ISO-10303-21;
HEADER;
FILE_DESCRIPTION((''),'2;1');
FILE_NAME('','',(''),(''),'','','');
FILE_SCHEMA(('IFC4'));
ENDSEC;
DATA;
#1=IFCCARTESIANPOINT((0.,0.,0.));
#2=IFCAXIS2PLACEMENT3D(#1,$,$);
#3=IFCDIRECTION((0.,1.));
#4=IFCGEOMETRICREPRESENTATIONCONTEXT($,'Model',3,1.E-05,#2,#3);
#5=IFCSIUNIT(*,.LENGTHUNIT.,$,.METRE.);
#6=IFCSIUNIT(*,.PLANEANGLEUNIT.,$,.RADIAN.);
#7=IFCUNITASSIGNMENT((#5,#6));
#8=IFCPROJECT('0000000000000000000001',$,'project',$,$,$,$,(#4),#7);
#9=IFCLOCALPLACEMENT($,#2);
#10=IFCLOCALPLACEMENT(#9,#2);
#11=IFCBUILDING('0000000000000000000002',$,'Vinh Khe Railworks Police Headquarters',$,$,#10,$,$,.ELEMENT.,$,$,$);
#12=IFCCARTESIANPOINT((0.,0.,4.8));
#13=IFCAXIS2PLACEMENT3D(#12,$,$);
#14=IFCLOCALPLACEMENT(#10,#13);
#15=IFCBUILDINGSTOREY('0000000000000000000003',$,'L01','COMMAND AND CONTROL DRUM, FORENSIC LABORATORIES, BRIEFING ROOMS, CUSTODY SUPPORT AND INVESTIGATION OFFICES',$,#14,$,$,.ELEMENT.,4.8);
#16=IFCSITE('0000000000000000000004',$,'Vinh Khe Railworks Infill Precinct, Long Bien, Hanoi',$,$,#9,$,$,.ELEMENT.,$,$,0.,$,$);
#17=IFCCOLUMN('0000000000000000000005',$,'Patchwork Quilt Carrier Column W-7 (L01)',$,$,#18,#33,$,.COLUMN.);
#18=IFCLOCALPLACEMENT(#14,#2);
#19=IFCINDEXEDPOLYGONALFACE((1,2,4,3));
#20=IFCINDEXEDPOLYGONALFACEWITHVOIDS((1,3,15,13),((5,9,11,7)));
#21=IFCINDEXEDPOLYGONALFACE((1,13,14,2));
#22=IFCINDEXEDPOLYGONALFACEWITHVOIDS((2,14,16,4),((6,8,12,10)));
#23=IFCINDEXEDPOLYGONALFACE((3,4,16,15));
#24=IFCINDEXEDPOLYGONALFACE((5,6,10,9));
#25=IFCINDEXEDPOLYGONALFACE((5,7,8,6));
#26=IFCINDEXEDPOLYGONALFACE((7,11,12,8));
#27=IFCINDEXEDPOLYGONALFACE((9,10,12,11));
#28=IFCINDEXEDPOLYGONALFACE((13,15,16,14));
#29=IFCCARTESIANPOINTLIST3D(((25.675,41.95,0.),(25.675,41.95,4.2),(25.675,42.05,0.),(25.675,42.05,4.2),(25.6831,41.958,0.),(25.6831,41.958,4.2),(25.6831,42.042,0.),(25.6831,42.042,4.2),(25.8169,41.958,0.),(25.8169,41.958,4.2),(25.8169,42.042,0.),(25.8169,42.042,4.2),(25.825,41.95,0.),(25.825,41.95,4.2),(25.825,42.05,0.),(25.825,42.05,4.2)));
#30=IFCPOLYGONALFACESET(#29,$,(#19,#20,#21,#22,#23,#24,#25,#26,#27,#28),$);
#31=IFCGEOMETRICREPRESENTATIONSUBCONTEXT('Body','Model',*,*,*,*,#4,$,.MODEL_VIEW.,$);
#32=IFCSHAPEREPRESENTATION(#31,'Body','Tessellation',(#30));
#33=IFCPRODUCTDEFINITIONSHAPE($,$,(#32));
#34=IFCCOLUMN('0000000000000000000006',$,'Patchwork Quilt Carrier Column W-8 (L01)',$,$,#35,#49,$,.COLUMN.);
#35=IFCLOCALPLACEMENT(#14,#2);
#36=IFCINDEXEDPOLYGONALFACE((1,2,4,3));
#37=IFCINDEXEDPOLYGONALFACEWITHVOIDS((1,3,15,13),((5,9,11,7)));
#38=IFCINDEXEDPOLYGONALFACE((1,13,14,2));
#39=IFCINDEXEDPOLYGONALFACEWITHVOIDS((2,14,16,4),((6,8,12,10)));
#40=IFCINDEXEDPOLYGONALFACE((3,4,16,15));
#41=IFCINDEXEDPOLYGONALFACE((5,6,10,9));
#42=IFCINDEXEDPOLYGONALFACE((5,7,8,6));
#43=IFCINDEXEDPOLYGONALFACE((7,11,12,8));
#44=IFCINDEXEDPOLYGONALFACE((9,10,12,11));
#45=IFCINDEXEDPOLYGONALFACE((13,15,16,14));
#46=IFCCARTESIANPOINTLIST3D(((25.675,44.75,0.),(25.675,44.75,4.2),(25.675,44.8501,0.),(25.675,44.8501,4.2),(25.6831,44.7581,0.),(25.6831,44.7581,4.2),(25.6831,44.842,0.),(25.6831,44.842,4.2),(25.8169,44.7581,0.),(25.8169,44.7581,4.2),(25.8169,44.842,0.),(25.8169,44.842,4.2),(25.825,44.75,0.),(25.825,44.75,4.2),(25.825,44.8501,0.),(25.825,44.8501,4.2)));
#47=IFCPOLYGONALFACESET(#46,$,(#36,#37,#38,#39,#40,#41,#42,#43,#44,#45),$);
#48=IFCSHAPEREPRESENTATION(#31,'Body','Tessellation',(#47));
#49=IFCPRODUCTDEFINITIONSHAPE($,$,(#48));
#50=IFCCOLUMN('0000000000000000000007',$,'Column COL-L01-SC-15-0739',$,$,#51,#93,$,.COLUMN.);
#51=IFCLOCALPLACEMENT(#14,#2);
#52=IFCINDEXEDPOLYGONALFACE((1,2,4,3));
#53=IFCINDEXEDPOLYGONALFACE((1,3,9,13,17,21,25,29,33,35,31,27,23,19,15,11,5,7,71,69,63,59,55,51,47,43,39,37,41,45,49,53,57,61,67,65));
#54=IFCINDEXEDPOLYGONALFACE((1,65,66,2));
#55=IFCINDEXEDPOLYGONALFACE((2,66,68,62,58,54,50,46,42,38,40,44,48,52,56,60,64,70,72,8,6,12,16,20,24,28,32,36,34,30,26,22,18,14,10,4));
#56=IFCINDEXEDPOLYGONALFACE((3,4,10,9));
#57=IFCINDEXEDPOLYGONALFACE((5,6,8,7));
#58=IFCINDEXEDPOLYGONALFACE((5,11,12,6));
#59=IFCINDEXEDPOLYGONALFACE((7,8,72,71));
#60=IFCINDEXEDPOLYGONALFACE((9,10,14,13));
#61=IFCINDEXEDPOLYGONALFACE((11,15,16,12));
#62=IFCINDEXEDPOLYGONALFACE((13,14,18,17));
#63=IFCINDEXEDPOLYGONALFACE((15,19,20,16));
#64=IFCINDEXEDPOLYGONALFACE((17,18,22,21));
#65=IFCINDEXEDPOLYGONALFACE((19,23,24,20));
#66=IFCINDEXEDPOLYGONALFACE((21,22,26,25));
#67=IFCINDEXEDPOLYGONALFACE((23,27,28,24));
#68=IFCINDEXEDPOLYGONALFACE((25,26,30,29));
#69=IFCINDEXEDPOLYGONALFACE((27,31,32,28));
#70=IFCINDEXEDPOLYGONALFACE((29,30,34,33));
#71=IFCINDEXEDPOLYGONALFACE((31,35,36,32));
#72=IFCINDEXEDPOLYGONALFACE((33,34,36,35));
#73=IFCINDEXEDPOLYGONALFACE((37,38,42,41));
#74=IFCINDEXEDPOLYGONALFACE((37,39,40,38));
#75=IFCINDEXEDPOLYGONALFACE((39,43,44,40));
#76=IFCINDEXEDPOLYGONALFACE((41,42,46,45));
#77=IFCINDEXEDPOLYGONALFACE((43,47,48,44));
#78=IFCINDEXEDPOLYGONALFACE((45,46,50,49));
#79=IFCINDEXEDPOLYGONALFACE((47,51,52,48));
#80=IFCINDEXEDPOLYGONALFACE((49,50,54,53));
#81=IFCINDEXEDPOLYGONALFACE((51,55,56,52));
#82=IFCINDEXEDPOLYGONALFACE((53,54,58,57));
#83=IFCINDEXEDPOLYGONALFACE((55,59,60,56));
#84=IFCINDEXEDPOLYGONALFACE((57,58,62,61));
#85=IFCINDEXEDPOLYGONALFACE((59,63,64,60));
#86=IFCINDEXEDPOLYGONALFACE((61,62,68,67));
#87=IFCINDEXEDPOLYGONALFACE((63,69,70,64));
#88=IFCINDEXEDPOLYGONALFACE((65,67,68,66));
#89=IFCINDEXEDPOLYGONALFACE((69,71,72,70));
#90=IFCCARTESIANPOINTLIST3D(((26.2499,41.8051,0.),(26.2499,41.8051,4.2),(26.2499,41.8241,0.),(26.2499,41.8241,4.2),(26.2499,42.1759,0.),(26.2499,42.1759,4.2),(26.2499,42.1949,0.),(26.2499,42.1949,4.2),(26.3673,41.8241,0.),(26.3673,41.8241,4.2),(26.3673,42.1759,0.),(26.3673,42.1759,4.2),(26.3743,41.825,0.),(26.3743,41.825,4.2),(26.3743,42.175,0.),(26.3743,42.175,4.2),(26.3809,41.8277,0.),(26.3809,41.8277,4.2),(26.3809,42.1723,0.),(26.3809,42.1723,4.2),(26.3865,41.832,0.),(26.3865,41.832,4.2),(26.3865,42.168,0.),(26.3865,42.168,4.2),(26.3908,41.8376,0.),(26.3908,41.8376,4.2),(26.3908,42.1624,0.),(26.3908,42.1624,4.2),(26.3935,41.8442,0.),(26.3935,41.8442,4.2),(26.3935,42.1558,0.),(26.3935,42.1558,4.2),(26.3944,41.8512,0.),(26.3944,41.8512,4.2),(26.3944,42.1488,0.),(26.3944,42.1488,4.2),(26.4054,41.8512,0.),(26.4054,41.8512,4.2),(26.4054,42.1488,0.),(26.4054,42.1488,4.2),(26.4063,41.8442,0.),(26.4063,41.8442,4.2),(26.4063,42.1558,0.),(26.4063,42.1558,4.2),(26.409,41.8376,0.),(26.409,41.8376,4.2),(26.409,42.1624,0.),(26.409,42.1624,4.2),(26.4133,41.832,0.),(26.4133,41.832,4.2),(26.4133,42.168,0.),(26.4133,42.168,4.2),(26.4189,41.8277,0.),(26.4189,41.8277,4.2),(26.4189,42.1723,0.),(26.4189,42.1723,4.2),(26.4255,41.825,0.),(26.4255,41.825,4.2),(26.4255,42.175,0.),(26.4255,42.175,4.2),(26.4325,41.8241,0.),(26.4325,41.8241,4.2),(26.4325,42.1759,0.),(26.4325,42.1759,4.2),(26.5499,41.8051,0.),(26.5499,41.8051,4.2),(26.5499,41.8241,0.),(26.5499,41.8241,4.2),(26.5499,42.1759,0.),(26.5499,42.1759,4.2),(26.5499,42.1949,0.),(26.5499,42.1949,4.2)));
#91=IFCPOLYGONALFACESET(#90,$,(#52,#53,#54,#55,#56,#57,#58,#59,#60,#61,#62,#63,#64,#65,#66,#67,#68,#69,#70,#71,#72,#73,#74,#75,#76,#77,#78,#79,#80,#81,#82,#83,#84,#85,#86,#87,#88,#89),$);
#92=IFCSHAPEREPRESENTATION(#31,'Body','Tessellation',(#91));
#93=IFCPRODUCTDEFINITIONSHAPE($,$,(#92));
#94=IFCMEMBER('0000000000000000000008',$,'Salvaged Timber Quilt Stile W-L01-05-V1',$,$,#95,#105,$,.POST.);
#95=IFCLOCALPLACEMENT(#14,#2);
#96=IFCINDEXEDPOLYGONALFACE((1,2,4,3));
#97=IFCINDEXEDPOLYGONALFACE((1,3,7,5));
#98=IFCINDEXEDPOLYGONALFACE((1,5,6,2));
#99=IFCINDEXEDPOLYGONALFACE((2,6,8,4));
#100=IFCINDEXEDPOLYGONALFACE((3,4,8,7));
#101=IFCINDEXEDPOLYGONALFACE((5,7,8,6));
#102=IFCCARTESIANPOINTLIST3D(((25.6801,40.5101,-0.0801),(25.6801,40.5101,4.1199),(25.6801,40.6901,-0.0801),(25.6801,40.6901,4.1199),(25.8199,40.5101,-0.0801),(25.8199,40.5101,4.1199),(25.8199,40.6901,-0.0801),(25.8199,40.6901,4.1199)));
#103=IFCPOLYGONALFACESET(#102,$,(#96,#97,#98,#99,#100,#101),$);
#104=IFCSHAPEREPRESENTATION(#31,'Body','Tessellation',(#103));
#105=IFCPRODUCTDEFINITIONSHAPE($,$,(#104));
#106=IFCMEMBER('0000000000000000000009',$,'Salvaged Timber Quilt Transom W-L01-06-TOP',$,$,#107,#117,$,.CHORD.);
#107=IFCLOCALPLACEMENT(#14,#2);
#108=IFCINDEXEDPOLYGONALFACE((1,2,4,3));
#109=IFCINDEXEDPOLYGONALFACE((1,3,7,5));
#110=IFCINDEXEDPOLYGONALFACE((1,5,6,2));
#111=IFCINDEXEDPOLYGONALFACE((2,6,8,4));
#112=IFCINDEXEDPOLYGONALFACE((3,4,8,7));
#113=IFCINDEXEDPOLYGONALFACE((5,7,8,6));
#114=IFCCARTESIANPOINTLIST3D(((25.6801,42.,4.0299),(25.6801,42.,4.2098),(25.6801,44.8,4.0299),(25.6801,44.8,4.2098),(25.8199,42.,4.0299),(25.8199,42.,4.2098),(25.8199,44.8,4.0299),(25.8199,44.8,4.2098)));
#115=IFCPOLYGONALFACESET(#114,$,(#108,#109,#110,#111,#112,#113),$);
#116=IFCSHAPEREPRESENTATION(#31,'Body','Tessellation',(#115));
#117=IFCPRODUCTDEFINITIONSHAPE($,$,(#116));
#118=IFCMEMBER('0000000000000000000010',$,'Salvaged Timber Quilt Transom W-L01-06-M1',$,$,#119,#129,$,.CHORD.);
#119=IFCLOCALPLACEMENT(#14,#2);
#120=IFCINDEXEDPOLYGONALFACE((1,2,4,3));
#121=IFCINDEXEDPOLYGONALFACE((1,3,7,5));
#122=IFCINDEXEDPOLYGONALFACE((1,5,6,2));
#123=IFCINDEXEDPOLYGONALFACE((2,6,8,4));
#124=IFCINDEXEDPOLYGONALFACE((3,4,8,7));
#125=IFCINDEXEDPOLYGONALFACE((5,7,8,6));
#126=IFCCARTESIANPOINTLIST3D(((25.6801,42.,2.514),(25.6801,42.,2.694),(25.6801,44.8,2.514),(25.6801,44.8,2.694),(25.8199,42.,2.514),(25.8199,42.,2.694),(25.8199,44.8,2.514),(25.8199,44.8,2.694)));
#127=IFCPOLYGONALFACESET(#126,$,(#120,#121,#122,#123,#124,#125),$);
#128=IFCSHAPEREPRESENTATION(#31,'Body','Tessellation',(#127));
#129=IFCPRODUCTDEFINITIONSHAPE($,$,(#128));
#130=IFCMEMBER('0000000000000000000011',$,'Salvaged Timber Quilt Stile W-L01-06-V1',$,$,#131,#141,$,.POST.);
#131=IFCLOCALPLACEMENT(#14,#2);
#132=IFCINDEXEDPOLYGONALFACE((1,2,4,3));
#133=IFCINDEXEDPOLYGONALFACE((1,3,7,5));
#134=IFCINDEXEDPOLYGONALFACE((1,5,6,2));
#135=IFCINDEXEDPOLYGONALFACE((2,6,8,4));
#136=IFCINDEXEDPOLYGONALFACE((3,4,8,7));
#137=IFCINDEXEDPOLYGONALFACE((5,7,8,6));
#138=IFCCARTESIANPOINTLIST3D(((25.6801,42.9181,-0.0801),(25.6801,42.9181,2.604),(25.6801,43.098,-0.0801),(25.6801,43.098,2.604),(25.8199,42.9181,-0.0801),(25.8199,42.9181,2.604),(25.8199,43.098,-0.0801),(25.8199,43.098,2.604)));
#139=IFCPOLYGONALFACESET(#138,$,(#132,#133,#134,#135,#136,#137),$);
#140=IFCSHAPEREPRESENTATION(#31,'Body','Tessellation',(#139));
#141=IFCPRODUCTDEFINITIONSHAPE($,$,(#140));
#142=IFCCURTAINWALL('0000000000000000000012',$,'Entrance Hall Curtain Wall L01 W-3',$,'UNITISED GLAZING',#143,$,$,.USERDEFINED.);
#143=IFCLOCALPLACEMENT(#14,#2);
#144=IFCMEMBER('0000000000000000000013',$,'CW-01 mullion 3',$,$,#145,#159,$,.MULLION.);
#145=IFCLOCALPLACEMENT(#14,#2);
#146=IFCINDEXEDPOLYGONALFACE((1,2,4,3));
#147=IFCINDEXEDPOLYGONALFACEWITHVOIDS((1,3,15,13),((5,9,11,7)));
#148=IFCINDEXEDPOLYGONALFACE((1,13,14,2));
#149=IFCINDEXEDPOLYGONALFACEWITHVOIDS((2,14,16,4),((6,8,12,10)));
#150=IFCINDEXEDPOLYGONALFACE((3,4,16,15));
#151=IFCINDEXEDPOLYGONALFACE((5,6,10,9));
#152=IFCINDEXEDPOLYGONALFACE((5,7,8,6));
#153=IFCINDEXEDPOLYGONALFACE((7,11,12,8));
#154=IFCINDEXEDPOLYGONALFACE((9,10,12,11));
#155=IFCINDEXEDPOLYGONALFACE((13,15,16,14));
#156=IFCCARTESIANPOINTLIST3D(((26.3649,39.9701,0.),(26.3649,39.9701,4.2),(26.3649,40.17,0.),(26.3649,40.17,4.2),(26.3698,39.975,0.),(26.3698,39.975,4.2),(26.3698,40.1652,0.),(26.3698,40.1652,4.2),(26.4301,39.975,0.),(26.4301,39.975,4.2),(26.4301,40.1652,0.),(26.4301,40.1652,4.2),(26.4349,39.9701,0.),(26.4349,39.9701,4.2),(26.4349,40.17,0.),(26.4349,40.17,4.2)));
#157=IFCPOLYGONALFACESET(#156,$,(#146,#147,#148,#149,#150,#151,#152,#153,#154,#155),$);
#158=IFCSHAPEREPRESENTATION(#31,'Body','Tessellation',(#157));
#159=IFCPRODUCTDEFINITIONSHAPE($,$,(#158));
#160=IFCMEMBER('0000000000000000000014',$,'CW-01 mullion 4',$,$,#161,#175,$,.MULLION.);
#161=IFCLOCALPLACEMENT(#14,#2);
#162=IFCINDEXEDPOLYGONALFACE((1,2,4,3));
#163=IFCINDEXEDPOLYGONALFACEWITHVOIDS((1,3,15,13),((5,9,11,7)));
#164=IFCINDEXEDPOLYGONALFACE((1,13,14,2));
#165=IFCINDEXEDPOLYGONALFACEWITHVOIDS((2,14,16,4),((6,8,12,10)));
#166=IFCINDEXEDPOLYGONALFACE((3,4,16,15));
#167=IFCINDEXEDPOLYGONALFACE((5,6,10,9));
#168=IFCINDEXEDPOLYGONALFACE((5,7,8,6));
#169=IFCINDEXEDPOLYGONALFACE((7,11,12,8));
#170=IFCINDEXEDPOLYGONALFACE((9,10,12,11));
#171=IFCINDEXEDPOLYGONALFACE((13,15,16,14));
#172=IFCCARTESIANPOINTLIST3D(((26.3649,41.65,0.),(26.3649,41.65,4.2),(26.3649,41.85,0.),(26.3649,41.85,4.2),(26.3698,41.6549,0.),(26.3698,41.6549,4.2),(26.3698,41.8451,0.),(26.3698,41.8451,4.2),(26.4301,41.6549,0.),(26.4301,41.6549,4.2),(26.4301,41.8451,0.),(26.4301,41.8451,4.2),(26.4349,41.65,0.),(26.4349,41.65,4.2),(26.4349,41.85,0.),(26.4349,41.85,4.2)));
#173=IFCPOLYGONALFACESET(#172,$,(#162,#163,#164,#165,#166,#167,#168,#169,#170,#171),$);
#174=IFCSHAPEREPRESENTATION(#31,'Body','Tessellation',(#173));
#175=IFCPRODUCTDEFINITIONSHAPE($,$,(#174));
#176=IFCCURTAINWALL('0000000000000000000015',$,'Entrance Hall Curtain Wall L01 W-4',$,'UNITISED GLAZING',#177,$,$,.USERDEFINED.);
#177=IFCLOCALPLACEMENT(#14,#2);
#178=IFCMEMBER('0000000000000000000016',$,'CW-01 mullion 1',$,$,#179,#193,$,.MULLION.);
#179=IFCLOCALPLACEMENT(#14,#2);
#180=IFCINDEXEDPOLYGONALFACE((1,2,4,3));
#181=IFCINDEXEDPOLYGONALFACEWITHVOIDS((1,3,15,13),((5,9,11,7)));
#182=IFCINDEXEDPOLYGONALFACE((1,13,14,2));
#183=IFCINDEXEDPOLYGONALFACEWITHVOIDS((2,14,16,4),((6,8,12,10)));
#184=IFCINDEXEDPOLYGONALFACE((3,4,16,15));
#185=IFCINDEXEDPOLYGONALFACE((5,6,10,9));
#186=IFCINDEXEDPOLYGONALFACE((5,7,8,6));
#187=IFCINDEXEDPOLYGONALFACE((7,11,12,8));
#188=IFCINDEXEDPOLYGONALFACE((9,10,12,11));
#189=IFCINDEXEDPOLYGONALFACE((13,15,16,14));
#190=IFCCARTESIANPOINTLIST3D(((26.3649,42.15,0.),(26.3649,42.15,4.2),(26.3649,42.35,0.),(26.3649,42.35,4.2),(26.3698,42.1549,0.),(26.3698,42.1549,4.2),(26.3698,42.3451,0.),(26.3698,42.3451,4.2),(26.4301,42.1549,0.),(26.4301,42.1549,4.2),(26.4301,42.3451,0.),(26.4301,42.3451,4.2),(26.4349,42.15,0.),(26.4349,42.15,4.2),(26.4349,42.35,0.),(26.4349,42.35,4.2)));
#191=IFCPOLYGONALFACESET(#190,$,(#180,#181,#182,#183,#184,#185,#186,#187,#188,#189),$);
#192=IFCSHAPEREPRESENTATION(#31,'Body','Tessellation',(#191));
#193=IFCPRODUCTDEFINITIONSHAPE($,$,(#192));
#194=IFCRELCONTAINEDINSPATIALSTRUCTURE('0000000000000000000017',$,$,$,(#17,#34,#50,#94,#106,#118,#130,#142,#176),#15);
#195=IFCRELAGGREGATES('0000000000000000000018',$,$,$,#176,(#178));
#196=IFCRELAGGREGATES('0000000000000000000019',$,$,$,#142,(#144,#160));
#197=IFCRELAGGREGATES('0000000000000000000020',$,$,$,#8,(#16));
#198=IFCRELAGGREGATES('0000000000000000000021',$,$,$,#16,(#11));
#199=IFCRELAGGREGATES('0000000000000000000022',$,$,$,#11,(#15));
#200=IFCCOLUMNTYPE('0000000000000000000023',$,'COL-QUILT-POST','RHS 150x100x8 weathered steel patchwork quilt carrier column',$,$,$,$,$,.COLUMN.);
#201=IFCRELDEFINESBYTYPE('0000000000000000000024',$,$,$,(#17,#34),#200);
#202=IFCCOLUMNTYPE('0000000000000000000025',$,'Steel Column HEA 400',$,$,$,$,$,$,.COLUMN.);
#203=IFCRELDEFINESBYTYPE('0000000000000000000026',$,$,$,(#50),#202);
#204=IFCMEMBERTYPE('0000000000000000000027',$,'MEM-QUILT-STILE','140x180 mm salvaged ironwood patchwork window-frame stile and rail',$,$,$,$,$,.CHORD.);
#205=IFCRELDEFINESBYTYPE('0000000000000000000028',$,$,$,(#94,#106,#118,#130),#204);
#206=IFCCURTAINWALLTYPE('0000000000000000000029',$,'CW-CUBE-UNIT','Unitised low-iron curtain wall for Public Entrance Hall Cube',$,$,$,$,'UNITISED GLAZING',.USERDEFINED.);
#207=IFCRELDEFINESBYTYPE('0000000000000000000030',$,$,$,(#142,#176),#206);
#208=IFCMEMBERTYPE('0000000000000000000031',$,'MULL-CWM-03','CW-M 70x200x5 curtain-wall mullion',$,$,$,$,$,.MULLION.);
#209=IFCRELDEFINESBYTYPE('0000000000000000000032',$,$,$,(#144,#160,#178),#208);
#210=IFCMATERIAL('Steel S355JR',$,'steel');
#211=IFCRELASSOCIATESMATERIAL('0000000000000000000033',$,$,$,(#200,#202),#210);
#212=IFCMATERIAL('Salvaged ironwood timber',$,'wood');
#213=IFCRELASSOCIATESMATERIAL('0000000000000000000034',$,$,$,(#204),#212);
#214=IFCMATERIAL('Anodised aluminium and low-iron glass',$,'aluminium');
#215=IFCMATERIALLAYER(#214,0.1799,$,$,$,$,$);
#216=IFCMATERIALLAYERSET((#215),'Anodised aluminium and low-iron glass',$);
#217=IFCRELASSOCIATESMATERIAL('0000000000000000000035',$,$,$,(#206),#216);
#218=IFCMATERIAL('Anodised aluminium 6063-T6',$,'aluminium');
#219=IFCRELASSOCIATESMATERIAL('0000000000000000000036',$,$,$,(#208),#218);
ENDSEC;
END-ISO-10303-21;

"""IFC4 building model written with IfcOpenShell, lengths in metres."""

from ifc_helpers import new_model, si_unit, direction, frame, origin, origin_2d, place, context, subcontext, project, spatial, rectangle, hollow_rectangle, i_section, extrude, material, layer, layer_set, material_profile, profile_set, type_object, element, aggregate, save


model = new_model("IFC4")

# Units and contexts
model_context = context("Model", 3, precision=1e-05, world=origin(), true_north=direction((0.0, 1.0)))
body_context = subcontext(model_context, "Body", "Model", "MODEL_VIEW")
ifc_project = project(units=[si_unit("LENGTHUNIT", "METRE"), si_unit("PLANEANGLEUNIT", "RADIAN")], contexts=[model_context])

# Site, building, storey
site_placement = place(None, origin())
site = spatial("IfcSite", under=ifc_project, at=site_placement, Name="Vinh Khe Railworks Infill Precinct, Long Bien, Hanoi", CompositionType="ELEMENT", RefElevation=0.0)
building_placement = place(site_placement, origin())
building = spatial("IfcBuilding", under=site, at=building_placement, Name="Vinh Khe Railworks Police Headquarters", CompositionType="ELEMENT")
storey_placement = place(building_placement, frame((0.0, 0.0, 4.8)))
storey = spatial("IfcBuildingStorey", under=building, at=storey_placement, Name="L01", Description="COMMAND AND CONTROL DRUM, FORENSIC LABORATORIES, BRIEFING ROOMS, CUSTODY SUPPORT AND INVESTIGATION OFFICES", CompositionType="ELEMENT", Elevation=4.8)

# Columns
ifc_material_1 = material(Name="Steel S355JR", Category="steel")
ifc_material_profile_1 = material_profile(ifc_material_1, hollow_rectangle(XDim=0.1499, YDim=0.1001, WallThickness=0.0081, at=origin_2d()), Name="RHS 150x100x8")
ifc_profile_set_1 = profile_set([ifc_material_profile_1], Name="Steel S355JR")
column_type_1 = type_object("IfcColumnType", Name="COL-QUILT-POST", Description="RHS 150x100x8 weathered steel patchwork quilt carrier column", PredefinedType="COLUMN", material=ifc_profile_set_1)
for number, where, z_axis, x_axis, name in (
    (1, (25.75, 42.0, 0.0), (0.0, 0.0, 1.0), (1.0, 0.0, 0.0), "Patchwork Quilt Carrier Column W-7 (L01)"),
    (2, (25.75, 44.8, 0.0), (0.0, 0.0, 1.0), (1.0, 0.0, 0.0), "Patchwork Quilt Carrier Column W-8 (L01)"),
):
    element("IfcColumn", number, at=place(storey_placement, frame(where, z_axis=z_axis, x_axis=x_axis)), inside=storey, type_object=column_type_1, Name=name, PredefinedType="COLUMN", context=body_context, shape_type="SweptSolid", body=[
        extrude(hollow_rectangle(XDim=0.1499, YDim=0.1001, WallThickness=0.0081, at=origin_2d()), origin(), (0.0, 0.0, 1.0), 4.2),
    ])
ifc_material_profile_2 = material_profile(ifc_material_1, i_section(OverallWidth=0.3, OverallDepth=0.3899, WebThickness=0.011, FlangeThickness=0.019, FilletRadius=0.0271, at=origin_2d()), Name="HEA 400")
ifc_profile_set_2 = profile_set([ifc_material_profile_2], Name="Steel S355JR")
column_type_2 = type_object("IfcColumnType", Name="Steel Column HEA 400", PredefinedType="COLUMN", material=ifc_profile_set_2)
column_placement = place(storey_placement, frame((26.3999, 42.0, 0.0), z_axis=(0.0, 0.0, 1.0), x_axis=(1.0, 0.0, 0.0)))
element("IfcColumn", 3, at=column_placement, inside=storey, type_object=column_type_2, Name="Column COL-L01-SC-15-0739", PredefinedType="COLUMN", context=body_context, shape_type="SweptSolid", body=[
    extrude(i_section(OverallWidth=0.3, OverallDepth=0.3899, WebThickness=0.011, FlangeThickness=0.019, FilletRadius=0.0271, at=origin_2d()), origin(), (0.0, 0.0, 1.0), 4.2),
])

# Members
ifc_material_2 = material(Name="Salvaged ironwood timber", Category="wood")
ifc_material_profile_3 = material_profile(ifc_material_2, rectangle(XDim=0.1399, YDim=0.1799, at=origin_2d()), Name="TIMBER 140x180")
ifc_profile_set_3 = profile_set([ifc_material_profile_3], Name="Salvaged ironwood timber")
member_type_1 = type_object("IfcMemberType", Name="MEM-QUILT-STILE", Description="140x180 mm salvaged ironwood patchwork window-frame stile and rail", PredefinedType="CHORD", material=ifc_profile_set_3)
member_1_placement = place(storey_placement, frame((25.75, 40.6001, -0.0801), z_axis=(0.0, 0.0, 1.0), x_axis=(1.0, 0.0, 0.0)))
element("IfcMember", 4, at=member_1_placement, inside=storey, type_object=member_type_1, Name="Salvaged Timber Quilt Stile W-L01-05-V1", PredefinedType="POST", context=body_context, shape_type="SweptSolid", body=[
    extrude(rectangle(XDim=0.1399, YDim=0.1799, at=origin_2d()), origin(), (0.0, 0.0, 1.0), 4.2),
])
for number, where, z_axis, x_axis, name in (
    (5, (25.75, 42.0, 4.1199), (0.0, 1.0, 0.0), (-1.0, 0.0, 0.0), "Salvaged Timber Quilt Transom W-L01-06-TOP"),
    (6, (25.75, 42.0, 2.604), (0.0, 1.0, 0.0), (-1.0, 0.0, 0.0), "Salvaged Timber Quilt Transom W-L01-06-M1"),
):
    element("IfcMember", number, at=place(storey_placement, frame(where, z_axis=z_axis, x_axis=x_axis)), inside=storey, type_object=member_type_1, Name=name, PredefinedType="CHORD", context=body_context, shape_type="SweptSolid", body=[
        extrude(rectangle(XDim=0.1399, YDim=0.1799, at=origin_2d()), origin(), (0.0, 0.0, 1.0), 2.8),
    ])
member_2_placement = place(storey_placement, frame((25.75, 43.0081, -0.0801), z_axis=(0.0, 0.0, 1.0), x_axis=(1.0, 0.0, 0.0)))
element("IfcMember", 7, at=member_2_placement, inside=storey, type_object=member_type_1, Name="Salvaged Timber Quilt Stile W-L01-06-V1", PredefinedType="POST", context=body_context, shape_type="SweptSolid", body=[
    extrude(rectangle(XDim=0.1399, YDim=0.1799, at=origin_2d()), origin(), (0.0, 0.0, 1.0), 2.6841),
])

# Curtain wall, members
ifc_material_3 = material(Name="Anodised aluminium and low-iron glass", Category="aluminium")
ifc_layer_1 = layer(ifc_material_3, 0.1799)
ifc_layer_set_1 = layer_set([ifc_layer_1], Name="Anodised aluminium and low-iron glass")
curtain_wall_type = type_object("IfcCurtainWallType", Name="CW-CUBE-UNIT", Description="Unitised low-iron curtain wall for Public Entrance Hall Cube", ElementType="UNITISED GLAZING", PredefinedType="USERDEFINED", material=ifc_layer_set_1)
curtain_wall_1_placement = place(storey_placement, origin())
curtain_wall_1 = element("IfcCurtainWall", 8, at=curtain_wall_1_placement, inside=storey, type_object=curtain_wall_type, Name="Entrance Hall Curtain Wall L01 W-3", ObjectType="UNITISED GLAZING", PredefinedType="USERDEFINED")
ifc_material_4 = material(Name="Anodised aluminium 6063-T6", Category="aluminium")
ifc_material_profile_4 = material_profile(ifc_material_4, hollow_rectangle(XDim=0.0701, YDim=0.2, WallThickness=0.0049, at=origin_2d()), Name="CW-M 70x200x5")
ifc_profile_set_4 = profile_set([ifc_material_profile_4], Name="Anodised aluminium 6063-T6")
member_type_2 = type_object("IfcMemberType", Name="MULL-CWM-03", Description="CW-M 70x200x5 curtain-wall mullion", PredefinedType="MULLION", material=ifc_profile_set_4)
member_3_placement = place(storey_placement, frame((26.3999, 40.0701, 0.0), z_axis=(0.0, 0.0, 1.0), x_axis=(-1.0, 0.0, 0.0)))
member_3 = element("IfcMember", 9, at=member_3_placement, type_object=member_type_2, Name="CW-01 mullion 3", PredefinedType="MULLION", context=body_context, shape_type="SweptSolid", body=[
    extrude(hollow_rectangle(XDim=0.0701, YDim=0.2, WallThickness=0.0049, at=origin_2d()), origin(), (0.0, 0.0, 1.0), 4.2),
])
member_4_placement = place(storey_placement, frame((26.3999, 41.75, 0.0), z_axis=(0.0, 0.0, 1.0), x_axis=(-1.0, 0.0, 0.0)))
member_4 = element("IfcMember", 10, at=member_4_placement, type_object=member_type_2, Name="CW-01 mullion 4", PredefinedType="MULLION", context=body_context, shape_type="SweptSolid", body=[
    extrude(hollow_rectangle(XDim=0.0701, YDim=0.2, WallThickness=0.0049, at=origin_2d()), origin(), (0.0, 0.0, 1.0), 4.2),
])

# Curtain wall, member
curtain_wall_2_placement = place(storey_placement, origin())
curtain_wall_2 = element("IfcCurtainWall", 11, at=curtain_wall_2_placement, inside=storey, type_object=curtain_wall_type, Name="Entrance Hall Curtain Wall L01 W-4", ObjectType="UNITISED GLAZING", PredefinedType="USERDEFINED")
member_5_placement = place(storey_placement, frame((26.3999, 42.25, 0.0), z_axis=(0.0, 0.0, 1.0), x_axis=(-1.0, 0.0, 0.0)))
member_5 = element("IfcMember", 12, at=member_5_placement, type_object=member_type_2, Name="CW-01 mullion 1", PredefinedType="MULLION", context=body_context, shape_type="SweptSolid", body=[
    extrude(hollow_rectangle(XDim=0.0701, YDim=0.2, WallThickness=0.0049, at=origin_2d()), origin(), (0.0, 0.0, 1.0), 4.2),
])

aggregate(curtain_wall_2, [member_5])

aggregate(curtain_wall_1, [member_3, member_4])

save(model, "model.ifc")
